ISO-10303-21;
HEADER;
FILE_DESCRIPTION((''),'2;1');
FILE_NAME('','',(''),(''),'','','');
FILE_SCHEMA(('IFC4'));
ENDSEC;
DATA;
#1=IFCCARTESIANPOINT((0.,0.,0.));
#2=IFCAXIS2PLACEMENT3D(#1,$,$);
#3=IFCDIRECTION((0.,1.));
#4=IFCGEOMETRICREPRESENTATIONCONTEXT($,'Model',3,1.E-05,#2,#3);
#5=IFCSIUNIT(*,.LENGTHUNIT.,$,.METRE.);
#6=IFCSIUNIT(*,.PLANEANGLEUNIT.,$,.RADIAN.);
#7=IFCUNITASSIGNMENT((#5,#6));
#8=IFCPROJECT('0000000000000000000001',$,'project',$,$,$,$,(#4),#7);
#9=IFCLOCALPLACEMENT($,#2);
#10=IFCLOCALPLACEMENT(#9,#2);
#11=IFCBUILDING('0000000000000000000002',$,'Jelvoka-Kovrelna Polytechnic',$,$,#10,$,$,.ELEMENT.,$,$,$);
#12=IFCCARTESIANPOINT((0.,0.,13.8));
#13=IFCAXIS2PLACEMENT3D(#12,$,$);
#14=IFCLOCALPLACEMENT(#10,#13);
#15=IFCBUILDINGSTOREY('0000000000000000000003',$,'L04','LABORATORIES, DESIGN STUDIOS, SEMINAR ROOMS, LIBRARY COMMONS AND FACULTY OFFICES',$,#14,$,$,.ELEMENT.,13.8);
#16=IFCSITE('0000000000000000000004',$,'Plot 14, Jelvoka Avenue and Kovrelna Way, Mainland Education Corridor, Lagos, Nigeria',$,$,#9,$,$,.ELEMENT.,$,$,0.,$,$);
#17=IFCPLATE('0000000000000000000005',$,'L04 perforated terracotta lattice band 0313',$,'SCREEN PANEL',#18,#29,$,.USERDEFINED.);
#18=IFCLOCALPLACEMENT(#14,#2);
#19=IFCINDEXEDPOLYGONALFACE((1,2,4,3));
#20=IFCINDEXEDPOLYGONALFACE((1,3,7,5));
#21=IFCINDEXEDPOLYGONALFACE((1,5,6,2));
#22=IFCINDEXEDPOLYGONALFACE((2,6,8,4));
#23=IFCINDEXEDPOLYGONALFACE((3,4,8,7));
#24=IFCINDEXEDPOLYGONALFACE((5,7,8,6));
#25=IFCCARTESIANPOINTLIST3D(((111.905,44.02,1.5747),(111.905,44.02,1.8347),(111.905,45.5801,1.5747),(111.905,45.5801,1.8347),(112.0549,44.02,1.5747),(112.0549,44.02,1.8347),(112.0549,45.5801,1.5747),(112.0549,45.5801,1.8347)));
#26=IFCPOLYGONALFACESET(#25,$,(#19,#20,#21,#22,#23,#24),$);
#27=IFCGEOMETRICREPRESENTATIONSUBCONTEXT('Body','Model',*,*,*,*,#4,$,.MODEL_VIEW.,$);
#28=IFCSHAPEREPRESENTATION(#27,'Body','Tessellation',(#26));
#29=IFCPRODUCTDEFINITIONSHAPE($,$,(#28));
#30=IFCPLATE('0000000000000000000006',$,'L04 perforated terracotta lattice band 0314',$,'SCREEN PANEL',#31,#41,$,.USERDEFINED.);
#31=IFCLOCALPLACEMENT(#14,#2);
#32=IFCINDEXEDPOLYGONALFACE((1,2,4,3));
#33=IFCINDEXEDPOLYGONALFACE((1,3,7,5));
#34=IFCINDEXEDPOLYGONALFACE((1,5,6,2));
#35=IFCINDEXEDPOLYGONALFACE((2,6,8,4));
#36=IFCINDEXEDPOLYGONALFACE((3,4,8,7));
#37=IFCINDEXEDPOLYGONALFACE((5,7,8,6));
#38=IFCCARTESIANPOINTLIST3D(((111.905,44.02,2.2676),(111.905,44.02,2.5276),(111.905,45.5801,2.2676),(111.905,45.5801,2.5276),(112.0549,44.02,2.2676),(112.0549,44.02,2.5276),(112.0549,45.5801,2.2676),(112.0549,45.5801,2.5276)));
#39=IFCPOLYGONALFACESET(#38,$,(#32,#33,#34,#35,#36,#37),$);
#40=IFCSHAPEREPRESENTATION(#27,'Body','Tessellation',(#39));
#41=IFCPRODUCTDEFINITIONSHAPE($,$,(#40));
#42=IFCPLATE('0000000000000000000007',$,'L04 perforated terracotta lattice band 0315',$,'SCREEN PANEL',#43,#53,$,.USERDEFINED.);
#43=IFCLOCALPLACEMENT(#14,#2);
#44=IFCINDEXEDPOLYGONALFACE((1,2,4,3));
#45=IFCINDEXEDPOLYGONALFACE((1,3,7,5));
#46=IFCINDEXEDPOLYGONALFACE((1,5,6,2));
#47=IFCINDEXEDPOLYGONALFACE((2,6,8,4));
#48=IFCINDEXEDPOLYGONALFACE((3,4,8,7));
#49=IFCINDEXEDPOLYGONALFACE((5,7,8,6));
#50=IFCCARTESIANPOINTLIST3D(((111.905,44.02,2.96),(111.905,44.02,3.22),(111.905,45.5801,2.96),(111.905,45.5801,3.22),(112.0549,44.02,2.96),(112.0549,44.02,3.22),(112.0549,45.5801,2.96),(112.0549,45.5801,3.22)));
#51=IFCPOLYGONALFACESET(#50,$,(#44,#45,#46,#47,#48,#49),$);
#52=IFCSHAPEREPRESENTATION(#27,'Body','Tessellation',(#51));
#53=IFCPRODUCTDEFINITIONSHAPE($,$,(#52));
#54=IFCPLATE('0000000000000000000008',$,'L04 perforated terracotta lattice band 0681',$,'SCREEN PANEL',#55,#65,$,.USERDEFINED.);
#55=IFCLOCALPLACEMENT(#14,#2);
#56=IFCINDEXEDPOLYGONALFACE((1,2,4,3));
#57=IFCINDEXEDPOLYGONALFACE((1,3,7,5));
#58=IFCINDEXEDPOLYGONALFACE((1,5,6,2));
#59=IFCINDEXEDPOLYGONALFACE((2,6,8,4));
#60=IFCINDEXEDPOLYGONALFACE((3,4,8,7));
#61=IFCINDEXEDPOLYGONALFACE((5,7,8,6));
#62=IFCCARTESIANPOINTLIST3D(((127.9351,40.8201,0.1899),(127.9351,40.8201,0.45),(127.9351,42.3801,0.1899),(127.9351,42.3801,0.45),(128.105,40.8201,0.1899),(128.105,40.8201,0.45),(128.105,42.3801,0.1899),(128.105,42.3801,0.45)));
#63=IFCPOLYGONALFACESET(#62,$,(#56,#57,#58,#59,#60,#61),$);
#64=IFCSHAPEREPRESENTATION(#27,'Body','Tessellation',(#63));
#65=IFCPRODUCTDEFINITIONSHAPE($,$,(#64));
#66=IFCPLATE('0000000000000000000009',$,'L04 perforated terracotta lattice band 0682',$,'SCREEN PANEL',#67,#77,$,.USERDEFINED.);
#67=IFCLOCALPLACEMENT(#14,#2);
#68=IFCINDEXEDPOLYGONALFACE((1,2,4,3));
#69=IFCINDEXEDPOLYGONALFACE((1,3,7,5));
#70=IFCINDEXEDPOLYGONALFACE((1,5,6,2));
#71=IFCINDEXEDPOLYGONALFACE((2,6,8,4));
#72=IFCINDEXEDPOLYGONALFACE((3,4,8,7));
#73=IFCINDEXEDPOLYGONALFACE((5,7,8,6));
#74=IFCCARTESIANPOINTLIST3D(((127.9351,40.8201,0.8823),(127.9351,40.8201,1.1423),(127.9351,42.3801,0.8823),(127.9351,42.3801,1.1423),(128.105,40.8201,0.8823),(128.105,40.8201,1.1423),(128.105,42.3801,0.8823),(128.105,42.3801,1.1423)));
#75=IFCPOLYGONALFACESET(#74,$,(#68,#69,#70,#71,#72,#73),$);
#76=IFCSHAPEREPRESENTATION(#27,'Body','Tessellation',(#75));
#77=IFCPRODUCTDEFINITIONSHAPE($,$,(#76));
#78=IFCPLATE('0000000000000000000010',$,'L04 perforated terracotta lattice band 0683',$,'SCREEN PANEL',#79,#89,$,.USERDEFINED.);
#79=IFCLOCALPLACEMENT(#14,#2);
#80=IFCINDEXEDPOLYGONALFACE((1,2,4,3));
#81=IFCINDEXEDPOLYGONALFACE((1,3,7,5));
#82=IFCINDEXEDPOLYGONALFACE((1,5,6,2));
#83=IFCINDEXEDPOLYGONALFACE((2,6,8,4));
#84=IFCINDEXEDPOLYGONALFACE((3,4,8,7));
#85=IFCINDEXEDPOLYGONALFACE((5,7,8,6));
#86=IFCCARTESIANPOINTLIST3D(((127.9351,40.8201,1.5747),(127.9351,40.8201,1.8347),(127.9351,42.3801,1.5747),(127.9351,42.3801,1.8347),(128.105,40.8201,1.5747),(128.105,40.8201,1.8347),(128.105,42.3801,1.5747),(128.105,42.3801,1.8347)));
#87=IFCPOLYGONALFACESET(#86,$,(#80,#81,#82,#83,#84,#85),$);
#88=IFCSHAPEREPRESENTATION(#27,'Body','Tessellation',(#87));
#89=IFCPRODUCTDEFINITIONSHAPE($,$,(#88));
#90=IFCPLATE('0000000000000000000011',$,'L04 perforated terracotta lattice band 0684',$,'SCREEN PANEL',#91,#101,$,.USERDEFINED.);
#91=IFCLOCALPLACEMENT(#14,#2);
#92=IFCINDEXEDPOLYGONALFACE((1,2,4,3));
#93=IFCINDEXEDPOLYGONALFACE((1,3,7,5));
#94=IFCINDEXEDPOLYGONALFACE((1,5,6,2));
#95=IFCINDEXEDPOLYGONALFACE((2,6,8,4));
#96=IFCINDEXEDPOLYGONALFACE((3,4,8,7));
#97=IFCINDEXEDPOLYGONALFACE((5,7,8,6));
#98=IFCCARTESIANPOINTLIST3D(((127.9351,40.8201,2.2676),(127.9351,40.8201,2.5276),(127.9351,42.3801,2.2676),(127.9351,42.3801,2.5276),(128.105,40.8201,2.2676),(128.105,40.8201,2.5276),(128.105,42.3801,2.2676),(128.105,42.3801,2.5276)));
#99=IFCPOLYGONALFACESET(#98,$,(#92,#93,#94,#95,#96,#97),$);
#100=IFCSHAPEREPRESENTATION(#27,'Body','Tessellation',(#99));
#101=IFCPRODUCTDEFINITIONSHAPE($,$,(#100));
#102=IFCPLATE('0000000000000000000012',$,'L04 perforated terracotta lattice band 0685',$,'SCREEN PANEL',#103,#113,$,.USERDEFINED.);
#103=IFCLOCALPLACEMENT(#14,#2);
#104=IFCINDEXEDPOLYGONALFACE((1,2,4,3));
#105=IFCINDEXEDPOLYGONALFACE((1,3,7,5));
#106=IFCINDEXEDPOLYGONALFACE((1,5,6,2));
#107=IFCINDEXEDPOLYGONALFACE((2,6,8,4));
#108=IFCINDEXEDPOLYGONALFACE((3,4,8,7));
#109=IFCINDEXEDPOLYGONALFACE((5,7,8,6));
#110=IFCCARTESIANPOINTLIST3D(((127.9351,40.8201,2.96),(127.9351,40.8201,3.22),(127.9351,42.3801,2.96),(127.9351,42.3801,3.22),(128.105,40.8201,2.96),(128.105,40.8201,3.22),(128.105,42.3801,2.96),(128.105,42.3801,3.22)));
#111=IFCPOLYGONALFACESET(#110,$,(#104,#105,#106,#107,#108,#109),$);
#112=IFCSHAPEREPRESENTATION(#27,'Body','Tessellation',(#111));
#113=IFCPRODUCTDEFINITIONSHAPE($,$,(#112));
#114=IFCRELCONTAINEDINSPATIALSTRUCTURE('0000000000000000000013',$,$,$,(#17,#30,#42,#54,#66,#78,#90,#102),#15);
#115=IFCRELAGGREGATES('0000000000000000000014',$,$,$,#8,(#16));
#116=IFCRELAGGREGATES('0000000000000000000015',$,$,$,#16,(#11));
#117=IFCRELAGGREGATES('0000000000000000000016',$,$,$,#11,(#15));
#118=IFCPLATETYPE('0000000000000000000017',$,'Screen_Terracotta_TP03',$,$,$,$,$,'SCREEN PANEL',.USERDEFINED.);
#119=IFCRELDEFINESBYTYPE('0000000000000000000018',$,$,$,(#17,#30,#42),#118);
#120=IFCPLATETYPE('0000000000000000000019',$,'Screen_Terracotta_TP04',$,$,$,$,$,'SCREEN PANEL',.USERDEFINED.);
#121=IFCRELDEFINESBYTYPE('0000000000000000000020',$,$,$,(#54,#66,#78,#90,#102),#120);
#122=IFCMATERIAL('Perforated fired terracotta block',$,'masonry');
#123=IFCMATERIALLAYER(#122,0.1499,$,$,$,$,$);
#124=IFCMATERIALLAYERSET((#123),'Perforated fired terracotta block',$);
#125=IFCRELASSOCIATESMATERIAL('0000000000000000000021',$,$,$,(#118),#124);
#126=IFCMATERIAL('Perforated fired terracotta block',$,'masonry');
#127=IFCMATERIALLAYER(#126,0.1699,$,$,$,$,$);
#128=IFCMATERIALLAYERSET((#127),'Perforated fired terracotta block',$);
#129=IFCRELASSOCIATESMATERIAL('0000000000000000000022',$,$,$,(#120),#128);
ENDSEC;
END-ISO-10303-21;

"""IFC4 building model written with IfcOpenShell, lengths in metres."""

from ifc_helpers import new_model, si_unit, direction, frame, origin, origin_2d, place, context, subcontext, project, spatial, rectangle, extrude, material, layer, layer_set, type_object, element, save


model = new_model("IFC4")

# Units and contexts
model_context = context("Model", 3, precision=1e-05, world=origin(), true_north=direction((0.0, 1.0)))
body_context = subcontext(model_context, "Body", "Model", "MODEL_VIEW")
ifc_project = project(units=[si_unit("LENGTHUNIT", "METRE"), si_unit("PLANEANGLEUNIT", "RADIAN")], contexts=[model_context])

# Site, building, storey
site_placement = place(None, origin())
site = spatial("IfcSite", under=ifc_project, at=site_placement, Name="Plot 14, Jelvoka Avenue and Kovrelna Way, Mainland Education Corridor, Lagos, Nigeria", CompositionType="ELEMENT", RefElevation=0.0)
building_placement = place(site_placement, origin())
building = spatial("IfcBuilding", under=site, at=building_placement, Name="Jelvoka-Kovrelna Polytechnic", CompositionType="ELEMENT")
storey_placement = place(building_placement, frame((0.0, 0.0, 13.8)))
storey = spatial("IfcBuildingStorey", under=building, at=storey_placement, Name="L04", Description="LABORATORIES, DESIGN STUDIOS, SEMINAR ROOMS, LIBRARY COMMONS AND FACULTY OFFICES", CompositionType="ELEMENT", Elevation=13.8)

# Plates
ifc_material_1 = material(Name="Perforated fired terracotta block", Category="masonry")
ifc_layer_1 = layer(ifc_material_1, 0.1499)
ifc_layer_set_1 = layer_set([ifc_layer_1], Name="Perforated fired terracotta block")
plate_type_1 = type_object("IfcPlateType", Name="Screen_Terracotta_TP03", ElementType="SCREEN PANEL", PredefinedType="USERDEFINED", material=ifc_layer_set_1)
for number, where, z_axis, x_axis, name in (
    (1, (111.98, 44.8, 1.5747), (0.0, 0.0, 1.0), (0.0, 1.0, 0.0), "L04 perforated terracotta lattice band 0313"),
    (2, (111.98, 44.8, 2.2676), (0.0, 0.0, 1.0), (0.0, 1.0, 0.0), "L04 perforated terracotta lattice band 0314"),
    (3, (111.98, 44.8, 2.96), (0.0, 0.0, 1.0), (0.0, 1.0, 0.0), "L04 perforated terracotta lattice band 0315"),
):
    element("IfcPlate", number, at=place(storey_placement, frame(where, z_axis=z_axis, x_axis=x_axis)), inside=storey, type_object=plate_type_1, Name=name, ObjectType="SCREEN PANEL", PredefinedType="USERDEFINED", context=body_context, shape_type="SweptSolid", body=[
        extrude(rectangle(XDim=1.5601, YDim=0.1499, at=origin_2d()), origin(), (0.0, 0.0, 1.0), 0.26),
    ])
ifc_material_2 = material(Name="Perforated fired terracotta block", Category="masonry")
ifc_layer_2 = layer(ifc_material_2, 0.1699)
ifc_layer_set_2 = layer_set([ifc_layer_2], Name="Perforated fired terracotta block")
plate_type_2 = type_object("IfcPlateType", Name="Screen_Terracotta_TP04", ElementType="SCREEN PANEL", PredefinedType="USERDEFINED", material=ifc_layer_set_2)
for number, where, z_axis, x_axis, name in (
    (4, (128.02, 41.6001, 0.1899), (0.0, 0.0, 1.0), (0.0, 1.0, 0.0), "L04 perforated terracotta lattice band 0681"),
    (5, (128.02, 41.6001, 0.8823), (0.0, 0.0, 1.0), (0.0, 1.0, 0.0), "L04 perforated terracotta lattice band 0682"),
    (6, (128.02, 41.6001, 1.5747), (0.0, 0.0, 1.0), (0.0, 1.0, 0.0), "L04 perforated terracotta lattice band 0683"),
    (7, (128.02, 41.6001, 2.2676), (0.0, 0.0, 1.0), (0.0, 1.0, 0.0), "L04 perforated terracotta lattice band 0684"),
    (8, (128.02, 41.6001, 2.96), (0.0, 0.0, 1.0), (0.0, 1.0, 0.0), "L04 perforated terracotta lattice band 0685"),
):
    element("IfcPlate", number, at=place(storey_placement, frame(where, z_axis=z_axis, x_axis=x_axis)), inside=storey, type_object=plate_type_2, Name=name, ObjectType="SCREEN PANEL", PredefinedType="USERDEFINED", context=body_context, shape_type="SweptSolid", body=[
        extrude(rectangle(XDim=1.5601, YDim=0.1699, at=origin_2d()), origin(), (0.0, 0.0, 1.0), 0.26),
    ])

save(model, "model.ifc")
